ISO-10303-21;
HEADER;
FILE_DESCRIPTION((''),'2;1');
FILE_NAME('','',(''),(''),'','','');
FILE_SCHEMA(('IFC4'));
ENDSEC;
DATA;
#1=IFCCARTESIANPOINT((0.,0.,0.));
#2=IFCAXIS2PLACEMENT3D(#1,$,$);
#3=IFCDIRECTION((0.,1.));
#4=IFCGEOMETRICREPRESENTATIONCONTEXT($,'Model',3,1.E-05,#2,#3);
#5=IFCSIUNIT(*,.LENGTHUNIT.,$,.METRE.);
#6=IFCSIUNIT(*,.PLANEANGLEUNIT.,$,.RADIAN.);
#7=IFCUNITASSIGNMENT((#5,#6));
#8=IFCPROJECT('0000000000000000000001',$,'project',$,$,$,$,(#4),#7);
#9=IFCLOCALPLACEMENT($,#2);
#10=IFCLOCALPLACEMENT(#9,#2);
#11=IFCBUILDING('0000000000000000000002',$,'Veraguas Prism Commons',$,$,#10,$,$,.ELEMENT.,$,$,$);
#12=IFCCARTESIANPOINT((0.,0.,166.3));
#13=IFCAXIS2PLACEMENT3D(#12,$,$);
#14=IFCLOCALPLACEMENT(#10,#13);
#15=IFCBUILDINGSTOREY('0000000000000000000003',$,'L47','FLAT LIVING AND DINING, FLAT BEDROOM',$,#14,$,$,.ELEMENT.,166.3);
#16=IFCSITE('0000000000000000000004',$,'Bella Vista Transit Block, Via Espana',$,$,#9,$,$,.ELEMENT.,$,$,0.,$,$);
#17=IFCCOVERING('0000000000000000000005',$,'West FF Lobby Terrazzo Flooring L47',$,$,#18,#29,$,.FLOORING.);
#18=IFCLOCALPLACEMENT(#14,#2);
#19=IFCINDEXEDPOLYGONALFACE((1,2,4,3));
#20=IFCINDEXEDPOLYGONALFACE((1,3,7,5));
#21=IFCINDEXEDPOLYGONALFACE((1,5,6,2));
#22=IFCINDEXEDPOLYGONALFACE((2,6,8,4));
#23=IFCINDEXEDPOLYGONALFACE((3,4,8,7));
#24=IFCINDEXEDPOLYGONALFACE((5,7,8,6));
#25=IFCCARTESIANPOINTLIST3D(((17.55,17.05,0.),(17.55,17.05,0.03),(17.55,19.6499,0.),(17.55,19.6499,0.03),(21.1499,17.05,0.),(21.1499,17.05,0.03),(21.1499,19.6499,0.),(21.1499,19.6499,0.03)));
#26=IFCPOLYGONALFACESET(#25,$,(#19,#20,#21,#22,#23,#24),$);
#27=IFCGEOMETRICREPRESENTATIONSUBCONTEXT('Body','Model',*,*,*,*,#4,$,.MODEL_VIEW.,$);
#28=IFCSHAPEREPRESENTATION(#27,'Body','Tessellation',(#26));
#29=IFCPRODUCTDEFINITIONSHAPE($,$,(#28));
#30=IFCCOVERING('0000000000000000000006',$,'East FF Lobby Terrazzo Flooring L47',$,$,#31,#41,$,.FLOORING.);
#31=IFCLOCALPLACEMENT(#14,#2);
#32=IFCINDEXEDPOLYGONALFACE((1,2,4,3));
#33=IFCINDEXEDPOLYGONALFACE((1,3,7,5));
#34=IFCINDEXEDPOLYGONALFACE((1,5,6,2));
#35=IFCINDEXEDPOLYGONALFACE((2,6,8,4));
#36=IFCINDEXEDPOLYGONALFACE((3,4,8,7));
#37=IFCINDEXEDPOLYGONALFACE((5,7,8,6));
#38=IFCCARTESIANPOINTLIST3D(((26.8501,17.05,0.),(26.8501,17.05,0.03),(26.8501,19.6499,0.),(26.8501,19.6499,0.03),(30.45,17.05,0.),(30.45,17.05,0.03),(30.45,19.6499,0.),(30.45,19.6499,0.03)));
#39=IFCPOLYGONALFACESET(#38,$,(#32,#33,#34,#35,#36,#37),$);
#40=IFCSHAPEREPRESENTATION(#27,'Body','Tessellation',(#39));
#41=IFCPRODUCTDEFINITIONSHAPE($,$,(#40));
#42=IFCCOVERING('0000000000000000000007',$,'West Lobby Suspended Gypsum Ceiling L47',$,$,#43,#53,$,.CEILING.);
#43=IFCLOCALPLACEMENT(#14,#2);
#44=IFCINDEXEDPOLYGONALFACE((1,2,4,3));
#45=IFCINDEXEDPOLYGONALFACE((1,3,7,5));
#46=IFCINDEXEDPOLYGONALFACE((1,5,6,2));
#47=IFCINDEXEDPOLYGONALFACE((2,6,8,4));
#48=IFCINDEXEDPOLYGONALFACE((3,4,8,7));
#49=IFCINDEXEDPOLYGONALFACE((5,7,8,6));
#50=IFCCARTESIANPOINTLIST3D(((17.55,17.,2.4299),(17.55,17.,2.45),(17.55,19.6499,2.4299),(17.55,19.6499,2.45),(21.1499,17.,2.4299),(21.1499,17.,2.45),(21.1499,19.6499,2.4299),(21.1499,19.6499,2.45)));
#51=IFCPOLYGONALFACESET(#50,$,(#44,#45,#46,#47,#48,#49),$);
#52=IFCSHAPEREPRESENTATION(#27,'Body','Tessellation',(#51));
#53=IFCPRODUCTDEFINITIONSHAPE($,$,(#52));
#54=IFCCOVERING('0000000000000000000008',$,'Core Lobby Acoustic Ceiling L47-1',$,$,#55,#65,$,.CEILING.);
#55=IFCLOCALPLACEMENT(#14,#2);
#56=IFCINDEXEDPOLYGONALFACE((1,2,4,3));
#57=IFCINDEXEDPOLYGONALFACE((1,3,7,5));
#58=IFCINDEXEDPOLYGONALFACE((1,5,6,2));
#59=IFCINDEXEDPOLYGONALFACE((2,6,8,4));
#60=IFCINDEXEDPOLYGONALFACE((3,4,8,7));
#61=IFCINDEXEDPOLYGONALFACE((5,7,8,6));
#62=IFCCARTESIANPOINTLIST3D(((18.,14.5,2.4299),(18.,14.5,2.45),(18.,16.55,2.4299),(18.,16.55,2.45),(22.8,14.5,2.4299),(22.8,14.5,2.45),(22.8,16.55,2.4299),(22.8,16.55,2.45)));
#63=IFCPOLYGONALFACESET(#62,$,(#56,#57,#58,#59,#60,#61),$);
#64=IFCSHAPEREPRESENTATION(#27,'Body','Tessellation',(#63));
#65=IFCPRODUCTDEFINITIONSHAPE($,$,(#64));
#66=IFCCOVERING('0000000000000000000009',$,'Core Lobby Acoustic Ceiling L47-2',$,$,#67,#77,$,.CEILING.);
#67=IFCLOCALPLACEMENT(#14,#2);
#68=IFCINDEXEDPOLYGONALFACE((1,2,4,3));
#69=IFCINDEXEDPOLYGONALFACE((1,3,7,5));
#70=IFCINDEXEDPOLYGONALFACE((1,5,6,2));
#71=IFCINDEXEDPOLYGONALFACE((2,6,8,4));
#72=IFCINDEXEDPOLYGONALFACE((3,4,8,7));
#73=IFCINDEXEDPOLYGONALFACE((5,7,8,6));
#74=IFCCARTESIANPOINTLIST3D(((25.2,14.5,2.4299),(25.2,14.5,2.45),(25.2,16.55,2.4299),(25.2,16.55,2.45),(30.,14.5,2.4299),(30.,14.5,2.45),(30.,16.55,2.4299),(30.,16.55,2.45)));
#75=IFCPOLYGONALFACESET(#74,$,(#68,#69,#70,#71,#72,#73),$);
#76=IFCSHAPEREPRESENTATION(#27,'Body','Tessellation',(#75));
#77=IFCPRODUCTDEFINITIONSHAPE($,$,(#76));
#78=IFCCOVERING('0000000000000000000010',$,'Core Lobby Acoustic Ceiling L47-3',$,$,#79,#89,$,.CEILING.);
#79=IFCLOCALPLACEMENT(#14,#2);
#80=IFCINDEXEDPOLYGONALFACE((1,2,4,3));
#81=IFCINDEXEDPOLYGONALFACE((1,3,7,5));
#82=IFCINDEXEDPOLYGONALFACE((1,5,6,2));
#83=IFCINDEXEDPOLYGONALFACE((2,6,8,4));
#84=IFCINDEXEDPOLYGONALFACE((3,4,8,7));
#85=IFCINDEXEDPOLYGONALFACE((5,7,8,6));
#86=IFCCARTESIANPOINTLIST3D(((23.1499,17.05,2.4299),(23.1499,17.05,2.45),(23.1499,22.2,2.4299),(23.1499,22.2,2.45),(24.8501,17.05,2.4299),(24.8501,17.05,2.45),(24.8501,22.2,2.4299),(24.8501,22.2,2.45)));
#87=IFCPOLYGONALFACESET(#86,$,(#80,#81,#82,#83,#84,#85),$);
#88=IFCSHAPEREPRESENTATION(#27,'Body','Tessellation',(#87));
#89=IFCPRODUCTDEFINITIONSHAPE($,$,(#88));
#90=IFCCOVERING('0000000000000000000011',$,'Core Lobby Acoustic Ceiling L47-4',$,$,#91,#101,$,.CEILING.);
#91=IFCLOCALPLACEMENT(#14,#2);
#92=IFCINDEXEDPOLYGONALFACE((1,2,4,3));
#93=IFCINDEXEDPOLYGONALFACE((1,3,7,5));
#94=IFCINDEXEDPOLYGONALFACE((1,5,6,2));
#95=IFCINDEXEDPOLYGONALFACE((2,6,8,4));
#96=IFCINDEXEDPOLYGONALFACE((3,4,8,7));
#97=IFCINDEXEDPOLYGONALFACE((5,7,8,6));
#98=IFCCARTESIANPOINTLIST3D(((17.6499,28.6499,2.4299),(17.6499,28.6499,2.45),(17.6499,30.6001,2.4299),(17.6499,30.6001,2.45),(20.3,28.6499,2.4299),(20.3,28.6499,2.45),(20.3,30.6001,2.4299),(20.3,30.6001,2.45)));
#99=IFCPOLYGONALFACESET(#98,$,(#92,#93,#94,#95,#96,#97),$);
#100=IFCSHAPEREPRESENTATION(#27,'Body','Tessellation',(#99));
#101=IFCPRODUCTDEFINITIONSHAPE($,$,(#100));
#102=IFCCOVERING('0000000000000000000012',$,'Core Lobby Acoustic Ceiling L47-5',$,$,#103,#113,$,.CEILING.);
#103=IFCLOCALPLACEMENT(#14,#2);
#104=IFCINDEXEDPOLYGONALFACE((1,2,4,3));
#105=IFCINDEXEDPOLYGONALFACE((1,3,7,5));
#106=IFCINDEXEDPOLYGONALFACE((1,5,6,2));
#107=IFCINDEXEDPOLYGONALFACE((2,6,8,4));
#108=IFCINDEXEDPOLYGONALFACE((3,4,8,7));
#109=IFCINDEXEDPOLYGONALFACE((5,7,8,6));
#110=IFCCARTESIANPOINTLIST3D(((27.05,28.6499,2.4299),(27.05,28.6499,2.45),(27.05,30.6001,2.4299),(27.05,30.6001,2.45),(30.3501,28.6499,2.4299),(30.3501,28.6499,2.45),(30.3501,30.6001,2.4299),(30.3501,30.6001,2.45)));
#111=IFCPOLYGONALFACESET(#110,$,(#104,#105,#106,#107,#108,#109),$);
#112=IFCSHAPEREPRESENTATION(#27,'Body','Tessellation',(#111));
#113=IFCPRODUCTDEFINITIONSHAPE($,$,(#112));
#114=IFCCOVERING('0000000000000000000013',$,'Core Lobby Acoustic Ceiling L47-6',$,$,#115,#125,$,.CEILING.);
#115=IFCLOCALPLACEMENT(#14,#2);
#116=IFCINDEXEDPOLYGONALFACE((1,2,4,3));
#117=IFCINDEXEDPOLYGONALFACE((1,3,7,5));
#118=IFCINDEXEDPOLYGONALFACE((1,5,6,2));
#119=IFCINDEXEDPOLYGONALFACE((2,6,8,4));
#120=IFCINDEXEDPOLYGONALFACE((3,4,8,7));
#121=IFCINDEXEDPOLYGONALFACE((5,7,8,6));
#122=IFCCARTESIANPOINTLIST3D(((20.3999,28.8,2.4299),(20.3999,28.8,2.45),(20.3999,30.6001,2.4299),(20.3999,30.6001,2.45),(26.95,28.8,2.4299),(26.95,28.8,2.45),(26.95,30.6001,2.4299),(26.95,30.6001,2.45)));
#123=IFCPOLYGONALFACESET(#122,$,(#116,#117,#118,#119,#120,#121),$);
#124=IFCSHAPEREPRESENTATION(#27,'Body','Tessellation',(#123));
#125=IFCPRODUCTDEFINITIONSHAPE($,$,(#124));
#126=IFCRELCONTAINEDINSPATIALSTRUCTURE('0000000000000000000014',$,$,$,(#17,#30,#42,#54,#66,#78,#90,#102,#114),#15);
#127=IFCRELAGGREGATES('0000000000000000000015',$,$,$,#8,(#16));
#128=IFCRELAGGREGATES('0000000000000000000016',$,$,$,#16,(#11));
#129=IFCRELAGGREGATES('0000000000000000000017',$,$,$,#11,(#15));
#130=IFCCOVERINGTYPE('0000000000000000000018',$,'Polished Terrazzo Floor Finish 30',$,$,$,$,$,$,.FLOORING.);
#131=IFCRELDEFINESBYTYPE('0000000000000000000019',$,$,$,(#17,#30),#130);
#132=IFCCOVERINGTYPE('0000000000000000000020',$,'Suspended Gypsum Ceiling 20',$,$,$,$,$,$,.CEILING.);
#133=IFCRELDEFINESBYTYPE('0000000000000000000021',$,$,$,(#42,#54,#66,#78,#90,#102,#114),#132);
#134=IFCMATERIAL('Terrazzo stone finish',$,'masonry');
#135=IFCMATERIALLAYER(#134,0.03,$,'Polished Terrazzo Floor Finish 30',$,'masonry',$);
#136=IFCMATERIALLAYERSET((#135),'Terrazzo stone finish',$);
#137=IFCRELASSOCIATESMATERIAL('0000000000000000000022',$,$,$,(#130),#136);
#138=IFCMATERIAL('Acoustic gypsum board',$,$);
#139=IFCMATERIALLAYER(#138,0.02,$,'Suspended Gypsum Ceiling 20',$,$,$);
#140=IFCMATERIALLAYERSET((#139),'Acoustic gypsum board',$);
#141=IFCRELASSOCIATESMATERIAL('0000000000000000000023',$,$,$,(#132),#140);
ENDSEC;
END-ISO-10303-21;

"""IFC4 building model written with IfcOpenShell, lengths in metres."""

from ifc_helpers import new_model, si_unit, direction, frame, origin, place, context, subcontext, project, spatial, polyline, outline, extrude, material, layer, layer_set, type_object, element, save


model = new_model("IFC4")

# Units and contexts
model_context = context("Model", 3, precision=1e-05, world=origin(), true_north=direction((0.0, 1.0)))
body_context = subcontext(model_context, "Body", "Model", "MODEL_VIEW")
ifc_project = project(units=[si_unit("LENGTHUNIT", "METRE"), si_unit("PLANEANGLEUNIT", "RADIAN")], contexts=[model_context])

# Site, building, storey
site_placement = place(None, origin())
site = spatial("IfcSite", under=ifc_project, at=site_placement, Name="Bella Vista Transit Block, Via Espana", CompositionType="ELEMENT", RefElevation=0.0)
building_placement = place(site_placement, origin())
building = spatial("IfcBuilding", under=site, at=building_placement, Name="Veraguas Prism Commons", CompositionType="ELEMENT")
storey_placement = place(building_placement, frame((0.0, 0.0, 166.3)))
storey = spatial("IfcBuildingStorey", under=building, at=storey_placement, Name="L47", Description="FLAT LIVING AND DINING, FLAT BEDROOM", CompositionType="ELEMENT", Elevation=166.3)

# Coverings
ifc_material_1 = material(Name="Acoustic gypsum board")
ifc_material_2 = material(Name="Terrazzo stone finish", Category="masonry")
ifc_layer_1 = layer(ifc_material_2, 0.03, Name="Polished Terrazzo Floor Finish 30", Category="masonry")
ifc_layer_set_1 = layer_set([ifc_layer_1], Name="Terrazzo stone finish")
covering_type_1 = type_object("IfcCoveringType", Name="Polished Terrazzo Floor Finish 30", PredefinedType="FLOORING", material=ifc_layer_set_1)
covering_1_placement = place(storey_placement, origin())
element("IfcCovering", 1, at=covering_1_placement, inside=storey, type_object=covering_type_1, Name="West FF Lobby Terrazzo Flooring L47", PredefinedType="FLOORING", context=body_context, shape_type="SweptSolid", body=[
    extrude(outline(polyline([(17.55, 17.05), (21.1499, 17.05), (21.1499, 19.6499), (17.55, 19.6499), (17.55, 17.05)])), origin(), (0.0, 0.0, 1.0), 0.03),
])
covering_2_placement = place(storey_placement, origin())
element("IfcCovering", 2, at=covering_2_placement, inside=storey, type_object=covering_type_1, Name="East FF Lobby Terrazzo Flooring L47", PredefinedType="FLOORING", context=body_context, shape_type="SweptSolid", body=[
    extrude(outline(polyline([(26.8501, 17.05), (30.45, 17.05), (30.45, 19.6499), (26.8501, 19.6499), (26.8501, 17.05)])), origin(), (0.0, 0.0, 1.0), 0.03),
])
ifc_layer_2 = layer(ifc_material_1, 0.02, Name="Suspended Gypsum Ceiling 20")
ifc_layer_set_2 = layer_set([ifc_layer_2], Name="Acoustic gypsum board")
covering_type_2 = type_object("IfcCoveringType", Name="Suspended Gypsum Ceiling 20", PredefinedType="CEILING", material=ifc_layer_set_2)
covering_3_placement = place(storey_placement, frame((0.0, 0.0, 2.4299)))
element("IfcCovering", 3, at=covering_3_placement, inside=storey, type_object=covering_type_2, Name="West Lobby Suspended Gypsum Ceiling L47", PredefinedType="CEILING", context=body_context, shape_type="SweptSolid", body=[
    extrude(outline(polyline([(17.55, 17.0), (21.1499, 17.0), (21.1499, 19.6499), (17.55, 19.6499), (17.55, 17.0)])), origin(), (0.0, 0.0, 1.0), 0.02),
])
covering_4_placement = place(storey_placement, frame((0.0, 0.0, 2.4299)))
element("IfcCovering", 4, at=covering_4_placement, inside=storey, type_object=covering_type_2, Name="Core Lobby Acoustic Ceiling L47-1", PredefinedType="CEILING", context=body_context, shape_type="SweptSolid", body=[
    extrude(outline(polyline([(18.0, 14.5), (22.8, 14.5), (22.8, 16.55), (18.0, 16.55), (18.0, 14.5)])), origin(), (0.0, 0.0, 1.0), 0.02),
])
covering_5_placement = place(storey_placement, frame((0.0, 0.0, 2.4299)))
element("IfcCovering", 5, at=covering_5_placement, inside=storey, type_object=covering_type_2, Name="Core Lobby Acoustic Ceiling L47-2", PredefinedType="CEILING", context=body_context, shape_type="SweptSolid", body=[
    extrude(outline(polyline([(25.2, 14.5), (30.0, 14.5), (30.0, 16.55), (25.2, 16.55), (25.2, 14.5)])), origin(), (0.0, 0.0, 1.0), 0.02),
])
covering_6_placement = place(storey_placement, frame((0.0, 0.0, 2.4299)))
element("IfcCovering", 6, at=covering_6_placement, inside=storey, type_object=covering_type_2, Name="Core Lobby Acoustic Ceiling L47-3", PredefinedType="CEILING", context=body_context, shape_type="SweptSolid", body=[
    extrude(outline(polyline([(23.1499, 17.05), (24.8501, 17.05), (24.8501, 22.2), (23.1499, 22.2), (23.1499, 17.05)])), origin(), (0.0, 0.0, 1.0), 0.02),
])
covering_7_placement = place(storey_placement, frame((0.0, 0.0, 2.4299)))
element("IfcCovering", 7, at=covering_7_placement, inside=storey, type_object=covering_type_2, Name="Core Lobby Acoustic Ceiling L47-4", PredefinedType="CEILING", context=body_context, shape_type="SweptSolid", body=[
    extrude(outline(polyline([(17.6499, 28.6499), (20.3, 28.6499), (20.3, 30.6001), (17.6499, 30.6001), (17.6499, 28.6499)])), origin(), (0.0, 0.0, 1.0), 0.02),
])
covering_8_placement = place(storey_placement, frame((0.0, 0.0, 2.4299)))
element("IfcCovering", 8, at=covering_8_placement, inside=storey, type_object=covering_type_2, Name="Core Lobby Acoustic Ceiling L47-5", PredefinedType="CEILING", context=body_context, shape_type="SweptSolid", body=[
    extrude(outline(polyline([(27.05, 28.6499), (30.3501, 28.6499), (30.3501, 30.6001), (27.05, 30.6001), (27.05, 28.6499)])), origin(), (0.0, 0.0, 1.0), 0.02),
])
covering_9_placement = place(storey_placement, frame((0.0, 0.0, 2.4299)))
element("IfcCovering", 9, at=covering_9_placement, inside=storey, type_object=covering_type_2, Name="Core Lobby Acoustic Ceiling L47-6", PredefinedType="CEILING", context=body_context, shape_type="SweptSolid", body=[
    extrude(outline(polyline([(20.3999, 28.8), (26.95, 28.8), (26.95, 30.6001), (20.3999, 30.6001), (20.3999, 28.8)])), origin(), (0.0, 0.0, 1.0), 0.02),
])

save(model, "model.ifc")
